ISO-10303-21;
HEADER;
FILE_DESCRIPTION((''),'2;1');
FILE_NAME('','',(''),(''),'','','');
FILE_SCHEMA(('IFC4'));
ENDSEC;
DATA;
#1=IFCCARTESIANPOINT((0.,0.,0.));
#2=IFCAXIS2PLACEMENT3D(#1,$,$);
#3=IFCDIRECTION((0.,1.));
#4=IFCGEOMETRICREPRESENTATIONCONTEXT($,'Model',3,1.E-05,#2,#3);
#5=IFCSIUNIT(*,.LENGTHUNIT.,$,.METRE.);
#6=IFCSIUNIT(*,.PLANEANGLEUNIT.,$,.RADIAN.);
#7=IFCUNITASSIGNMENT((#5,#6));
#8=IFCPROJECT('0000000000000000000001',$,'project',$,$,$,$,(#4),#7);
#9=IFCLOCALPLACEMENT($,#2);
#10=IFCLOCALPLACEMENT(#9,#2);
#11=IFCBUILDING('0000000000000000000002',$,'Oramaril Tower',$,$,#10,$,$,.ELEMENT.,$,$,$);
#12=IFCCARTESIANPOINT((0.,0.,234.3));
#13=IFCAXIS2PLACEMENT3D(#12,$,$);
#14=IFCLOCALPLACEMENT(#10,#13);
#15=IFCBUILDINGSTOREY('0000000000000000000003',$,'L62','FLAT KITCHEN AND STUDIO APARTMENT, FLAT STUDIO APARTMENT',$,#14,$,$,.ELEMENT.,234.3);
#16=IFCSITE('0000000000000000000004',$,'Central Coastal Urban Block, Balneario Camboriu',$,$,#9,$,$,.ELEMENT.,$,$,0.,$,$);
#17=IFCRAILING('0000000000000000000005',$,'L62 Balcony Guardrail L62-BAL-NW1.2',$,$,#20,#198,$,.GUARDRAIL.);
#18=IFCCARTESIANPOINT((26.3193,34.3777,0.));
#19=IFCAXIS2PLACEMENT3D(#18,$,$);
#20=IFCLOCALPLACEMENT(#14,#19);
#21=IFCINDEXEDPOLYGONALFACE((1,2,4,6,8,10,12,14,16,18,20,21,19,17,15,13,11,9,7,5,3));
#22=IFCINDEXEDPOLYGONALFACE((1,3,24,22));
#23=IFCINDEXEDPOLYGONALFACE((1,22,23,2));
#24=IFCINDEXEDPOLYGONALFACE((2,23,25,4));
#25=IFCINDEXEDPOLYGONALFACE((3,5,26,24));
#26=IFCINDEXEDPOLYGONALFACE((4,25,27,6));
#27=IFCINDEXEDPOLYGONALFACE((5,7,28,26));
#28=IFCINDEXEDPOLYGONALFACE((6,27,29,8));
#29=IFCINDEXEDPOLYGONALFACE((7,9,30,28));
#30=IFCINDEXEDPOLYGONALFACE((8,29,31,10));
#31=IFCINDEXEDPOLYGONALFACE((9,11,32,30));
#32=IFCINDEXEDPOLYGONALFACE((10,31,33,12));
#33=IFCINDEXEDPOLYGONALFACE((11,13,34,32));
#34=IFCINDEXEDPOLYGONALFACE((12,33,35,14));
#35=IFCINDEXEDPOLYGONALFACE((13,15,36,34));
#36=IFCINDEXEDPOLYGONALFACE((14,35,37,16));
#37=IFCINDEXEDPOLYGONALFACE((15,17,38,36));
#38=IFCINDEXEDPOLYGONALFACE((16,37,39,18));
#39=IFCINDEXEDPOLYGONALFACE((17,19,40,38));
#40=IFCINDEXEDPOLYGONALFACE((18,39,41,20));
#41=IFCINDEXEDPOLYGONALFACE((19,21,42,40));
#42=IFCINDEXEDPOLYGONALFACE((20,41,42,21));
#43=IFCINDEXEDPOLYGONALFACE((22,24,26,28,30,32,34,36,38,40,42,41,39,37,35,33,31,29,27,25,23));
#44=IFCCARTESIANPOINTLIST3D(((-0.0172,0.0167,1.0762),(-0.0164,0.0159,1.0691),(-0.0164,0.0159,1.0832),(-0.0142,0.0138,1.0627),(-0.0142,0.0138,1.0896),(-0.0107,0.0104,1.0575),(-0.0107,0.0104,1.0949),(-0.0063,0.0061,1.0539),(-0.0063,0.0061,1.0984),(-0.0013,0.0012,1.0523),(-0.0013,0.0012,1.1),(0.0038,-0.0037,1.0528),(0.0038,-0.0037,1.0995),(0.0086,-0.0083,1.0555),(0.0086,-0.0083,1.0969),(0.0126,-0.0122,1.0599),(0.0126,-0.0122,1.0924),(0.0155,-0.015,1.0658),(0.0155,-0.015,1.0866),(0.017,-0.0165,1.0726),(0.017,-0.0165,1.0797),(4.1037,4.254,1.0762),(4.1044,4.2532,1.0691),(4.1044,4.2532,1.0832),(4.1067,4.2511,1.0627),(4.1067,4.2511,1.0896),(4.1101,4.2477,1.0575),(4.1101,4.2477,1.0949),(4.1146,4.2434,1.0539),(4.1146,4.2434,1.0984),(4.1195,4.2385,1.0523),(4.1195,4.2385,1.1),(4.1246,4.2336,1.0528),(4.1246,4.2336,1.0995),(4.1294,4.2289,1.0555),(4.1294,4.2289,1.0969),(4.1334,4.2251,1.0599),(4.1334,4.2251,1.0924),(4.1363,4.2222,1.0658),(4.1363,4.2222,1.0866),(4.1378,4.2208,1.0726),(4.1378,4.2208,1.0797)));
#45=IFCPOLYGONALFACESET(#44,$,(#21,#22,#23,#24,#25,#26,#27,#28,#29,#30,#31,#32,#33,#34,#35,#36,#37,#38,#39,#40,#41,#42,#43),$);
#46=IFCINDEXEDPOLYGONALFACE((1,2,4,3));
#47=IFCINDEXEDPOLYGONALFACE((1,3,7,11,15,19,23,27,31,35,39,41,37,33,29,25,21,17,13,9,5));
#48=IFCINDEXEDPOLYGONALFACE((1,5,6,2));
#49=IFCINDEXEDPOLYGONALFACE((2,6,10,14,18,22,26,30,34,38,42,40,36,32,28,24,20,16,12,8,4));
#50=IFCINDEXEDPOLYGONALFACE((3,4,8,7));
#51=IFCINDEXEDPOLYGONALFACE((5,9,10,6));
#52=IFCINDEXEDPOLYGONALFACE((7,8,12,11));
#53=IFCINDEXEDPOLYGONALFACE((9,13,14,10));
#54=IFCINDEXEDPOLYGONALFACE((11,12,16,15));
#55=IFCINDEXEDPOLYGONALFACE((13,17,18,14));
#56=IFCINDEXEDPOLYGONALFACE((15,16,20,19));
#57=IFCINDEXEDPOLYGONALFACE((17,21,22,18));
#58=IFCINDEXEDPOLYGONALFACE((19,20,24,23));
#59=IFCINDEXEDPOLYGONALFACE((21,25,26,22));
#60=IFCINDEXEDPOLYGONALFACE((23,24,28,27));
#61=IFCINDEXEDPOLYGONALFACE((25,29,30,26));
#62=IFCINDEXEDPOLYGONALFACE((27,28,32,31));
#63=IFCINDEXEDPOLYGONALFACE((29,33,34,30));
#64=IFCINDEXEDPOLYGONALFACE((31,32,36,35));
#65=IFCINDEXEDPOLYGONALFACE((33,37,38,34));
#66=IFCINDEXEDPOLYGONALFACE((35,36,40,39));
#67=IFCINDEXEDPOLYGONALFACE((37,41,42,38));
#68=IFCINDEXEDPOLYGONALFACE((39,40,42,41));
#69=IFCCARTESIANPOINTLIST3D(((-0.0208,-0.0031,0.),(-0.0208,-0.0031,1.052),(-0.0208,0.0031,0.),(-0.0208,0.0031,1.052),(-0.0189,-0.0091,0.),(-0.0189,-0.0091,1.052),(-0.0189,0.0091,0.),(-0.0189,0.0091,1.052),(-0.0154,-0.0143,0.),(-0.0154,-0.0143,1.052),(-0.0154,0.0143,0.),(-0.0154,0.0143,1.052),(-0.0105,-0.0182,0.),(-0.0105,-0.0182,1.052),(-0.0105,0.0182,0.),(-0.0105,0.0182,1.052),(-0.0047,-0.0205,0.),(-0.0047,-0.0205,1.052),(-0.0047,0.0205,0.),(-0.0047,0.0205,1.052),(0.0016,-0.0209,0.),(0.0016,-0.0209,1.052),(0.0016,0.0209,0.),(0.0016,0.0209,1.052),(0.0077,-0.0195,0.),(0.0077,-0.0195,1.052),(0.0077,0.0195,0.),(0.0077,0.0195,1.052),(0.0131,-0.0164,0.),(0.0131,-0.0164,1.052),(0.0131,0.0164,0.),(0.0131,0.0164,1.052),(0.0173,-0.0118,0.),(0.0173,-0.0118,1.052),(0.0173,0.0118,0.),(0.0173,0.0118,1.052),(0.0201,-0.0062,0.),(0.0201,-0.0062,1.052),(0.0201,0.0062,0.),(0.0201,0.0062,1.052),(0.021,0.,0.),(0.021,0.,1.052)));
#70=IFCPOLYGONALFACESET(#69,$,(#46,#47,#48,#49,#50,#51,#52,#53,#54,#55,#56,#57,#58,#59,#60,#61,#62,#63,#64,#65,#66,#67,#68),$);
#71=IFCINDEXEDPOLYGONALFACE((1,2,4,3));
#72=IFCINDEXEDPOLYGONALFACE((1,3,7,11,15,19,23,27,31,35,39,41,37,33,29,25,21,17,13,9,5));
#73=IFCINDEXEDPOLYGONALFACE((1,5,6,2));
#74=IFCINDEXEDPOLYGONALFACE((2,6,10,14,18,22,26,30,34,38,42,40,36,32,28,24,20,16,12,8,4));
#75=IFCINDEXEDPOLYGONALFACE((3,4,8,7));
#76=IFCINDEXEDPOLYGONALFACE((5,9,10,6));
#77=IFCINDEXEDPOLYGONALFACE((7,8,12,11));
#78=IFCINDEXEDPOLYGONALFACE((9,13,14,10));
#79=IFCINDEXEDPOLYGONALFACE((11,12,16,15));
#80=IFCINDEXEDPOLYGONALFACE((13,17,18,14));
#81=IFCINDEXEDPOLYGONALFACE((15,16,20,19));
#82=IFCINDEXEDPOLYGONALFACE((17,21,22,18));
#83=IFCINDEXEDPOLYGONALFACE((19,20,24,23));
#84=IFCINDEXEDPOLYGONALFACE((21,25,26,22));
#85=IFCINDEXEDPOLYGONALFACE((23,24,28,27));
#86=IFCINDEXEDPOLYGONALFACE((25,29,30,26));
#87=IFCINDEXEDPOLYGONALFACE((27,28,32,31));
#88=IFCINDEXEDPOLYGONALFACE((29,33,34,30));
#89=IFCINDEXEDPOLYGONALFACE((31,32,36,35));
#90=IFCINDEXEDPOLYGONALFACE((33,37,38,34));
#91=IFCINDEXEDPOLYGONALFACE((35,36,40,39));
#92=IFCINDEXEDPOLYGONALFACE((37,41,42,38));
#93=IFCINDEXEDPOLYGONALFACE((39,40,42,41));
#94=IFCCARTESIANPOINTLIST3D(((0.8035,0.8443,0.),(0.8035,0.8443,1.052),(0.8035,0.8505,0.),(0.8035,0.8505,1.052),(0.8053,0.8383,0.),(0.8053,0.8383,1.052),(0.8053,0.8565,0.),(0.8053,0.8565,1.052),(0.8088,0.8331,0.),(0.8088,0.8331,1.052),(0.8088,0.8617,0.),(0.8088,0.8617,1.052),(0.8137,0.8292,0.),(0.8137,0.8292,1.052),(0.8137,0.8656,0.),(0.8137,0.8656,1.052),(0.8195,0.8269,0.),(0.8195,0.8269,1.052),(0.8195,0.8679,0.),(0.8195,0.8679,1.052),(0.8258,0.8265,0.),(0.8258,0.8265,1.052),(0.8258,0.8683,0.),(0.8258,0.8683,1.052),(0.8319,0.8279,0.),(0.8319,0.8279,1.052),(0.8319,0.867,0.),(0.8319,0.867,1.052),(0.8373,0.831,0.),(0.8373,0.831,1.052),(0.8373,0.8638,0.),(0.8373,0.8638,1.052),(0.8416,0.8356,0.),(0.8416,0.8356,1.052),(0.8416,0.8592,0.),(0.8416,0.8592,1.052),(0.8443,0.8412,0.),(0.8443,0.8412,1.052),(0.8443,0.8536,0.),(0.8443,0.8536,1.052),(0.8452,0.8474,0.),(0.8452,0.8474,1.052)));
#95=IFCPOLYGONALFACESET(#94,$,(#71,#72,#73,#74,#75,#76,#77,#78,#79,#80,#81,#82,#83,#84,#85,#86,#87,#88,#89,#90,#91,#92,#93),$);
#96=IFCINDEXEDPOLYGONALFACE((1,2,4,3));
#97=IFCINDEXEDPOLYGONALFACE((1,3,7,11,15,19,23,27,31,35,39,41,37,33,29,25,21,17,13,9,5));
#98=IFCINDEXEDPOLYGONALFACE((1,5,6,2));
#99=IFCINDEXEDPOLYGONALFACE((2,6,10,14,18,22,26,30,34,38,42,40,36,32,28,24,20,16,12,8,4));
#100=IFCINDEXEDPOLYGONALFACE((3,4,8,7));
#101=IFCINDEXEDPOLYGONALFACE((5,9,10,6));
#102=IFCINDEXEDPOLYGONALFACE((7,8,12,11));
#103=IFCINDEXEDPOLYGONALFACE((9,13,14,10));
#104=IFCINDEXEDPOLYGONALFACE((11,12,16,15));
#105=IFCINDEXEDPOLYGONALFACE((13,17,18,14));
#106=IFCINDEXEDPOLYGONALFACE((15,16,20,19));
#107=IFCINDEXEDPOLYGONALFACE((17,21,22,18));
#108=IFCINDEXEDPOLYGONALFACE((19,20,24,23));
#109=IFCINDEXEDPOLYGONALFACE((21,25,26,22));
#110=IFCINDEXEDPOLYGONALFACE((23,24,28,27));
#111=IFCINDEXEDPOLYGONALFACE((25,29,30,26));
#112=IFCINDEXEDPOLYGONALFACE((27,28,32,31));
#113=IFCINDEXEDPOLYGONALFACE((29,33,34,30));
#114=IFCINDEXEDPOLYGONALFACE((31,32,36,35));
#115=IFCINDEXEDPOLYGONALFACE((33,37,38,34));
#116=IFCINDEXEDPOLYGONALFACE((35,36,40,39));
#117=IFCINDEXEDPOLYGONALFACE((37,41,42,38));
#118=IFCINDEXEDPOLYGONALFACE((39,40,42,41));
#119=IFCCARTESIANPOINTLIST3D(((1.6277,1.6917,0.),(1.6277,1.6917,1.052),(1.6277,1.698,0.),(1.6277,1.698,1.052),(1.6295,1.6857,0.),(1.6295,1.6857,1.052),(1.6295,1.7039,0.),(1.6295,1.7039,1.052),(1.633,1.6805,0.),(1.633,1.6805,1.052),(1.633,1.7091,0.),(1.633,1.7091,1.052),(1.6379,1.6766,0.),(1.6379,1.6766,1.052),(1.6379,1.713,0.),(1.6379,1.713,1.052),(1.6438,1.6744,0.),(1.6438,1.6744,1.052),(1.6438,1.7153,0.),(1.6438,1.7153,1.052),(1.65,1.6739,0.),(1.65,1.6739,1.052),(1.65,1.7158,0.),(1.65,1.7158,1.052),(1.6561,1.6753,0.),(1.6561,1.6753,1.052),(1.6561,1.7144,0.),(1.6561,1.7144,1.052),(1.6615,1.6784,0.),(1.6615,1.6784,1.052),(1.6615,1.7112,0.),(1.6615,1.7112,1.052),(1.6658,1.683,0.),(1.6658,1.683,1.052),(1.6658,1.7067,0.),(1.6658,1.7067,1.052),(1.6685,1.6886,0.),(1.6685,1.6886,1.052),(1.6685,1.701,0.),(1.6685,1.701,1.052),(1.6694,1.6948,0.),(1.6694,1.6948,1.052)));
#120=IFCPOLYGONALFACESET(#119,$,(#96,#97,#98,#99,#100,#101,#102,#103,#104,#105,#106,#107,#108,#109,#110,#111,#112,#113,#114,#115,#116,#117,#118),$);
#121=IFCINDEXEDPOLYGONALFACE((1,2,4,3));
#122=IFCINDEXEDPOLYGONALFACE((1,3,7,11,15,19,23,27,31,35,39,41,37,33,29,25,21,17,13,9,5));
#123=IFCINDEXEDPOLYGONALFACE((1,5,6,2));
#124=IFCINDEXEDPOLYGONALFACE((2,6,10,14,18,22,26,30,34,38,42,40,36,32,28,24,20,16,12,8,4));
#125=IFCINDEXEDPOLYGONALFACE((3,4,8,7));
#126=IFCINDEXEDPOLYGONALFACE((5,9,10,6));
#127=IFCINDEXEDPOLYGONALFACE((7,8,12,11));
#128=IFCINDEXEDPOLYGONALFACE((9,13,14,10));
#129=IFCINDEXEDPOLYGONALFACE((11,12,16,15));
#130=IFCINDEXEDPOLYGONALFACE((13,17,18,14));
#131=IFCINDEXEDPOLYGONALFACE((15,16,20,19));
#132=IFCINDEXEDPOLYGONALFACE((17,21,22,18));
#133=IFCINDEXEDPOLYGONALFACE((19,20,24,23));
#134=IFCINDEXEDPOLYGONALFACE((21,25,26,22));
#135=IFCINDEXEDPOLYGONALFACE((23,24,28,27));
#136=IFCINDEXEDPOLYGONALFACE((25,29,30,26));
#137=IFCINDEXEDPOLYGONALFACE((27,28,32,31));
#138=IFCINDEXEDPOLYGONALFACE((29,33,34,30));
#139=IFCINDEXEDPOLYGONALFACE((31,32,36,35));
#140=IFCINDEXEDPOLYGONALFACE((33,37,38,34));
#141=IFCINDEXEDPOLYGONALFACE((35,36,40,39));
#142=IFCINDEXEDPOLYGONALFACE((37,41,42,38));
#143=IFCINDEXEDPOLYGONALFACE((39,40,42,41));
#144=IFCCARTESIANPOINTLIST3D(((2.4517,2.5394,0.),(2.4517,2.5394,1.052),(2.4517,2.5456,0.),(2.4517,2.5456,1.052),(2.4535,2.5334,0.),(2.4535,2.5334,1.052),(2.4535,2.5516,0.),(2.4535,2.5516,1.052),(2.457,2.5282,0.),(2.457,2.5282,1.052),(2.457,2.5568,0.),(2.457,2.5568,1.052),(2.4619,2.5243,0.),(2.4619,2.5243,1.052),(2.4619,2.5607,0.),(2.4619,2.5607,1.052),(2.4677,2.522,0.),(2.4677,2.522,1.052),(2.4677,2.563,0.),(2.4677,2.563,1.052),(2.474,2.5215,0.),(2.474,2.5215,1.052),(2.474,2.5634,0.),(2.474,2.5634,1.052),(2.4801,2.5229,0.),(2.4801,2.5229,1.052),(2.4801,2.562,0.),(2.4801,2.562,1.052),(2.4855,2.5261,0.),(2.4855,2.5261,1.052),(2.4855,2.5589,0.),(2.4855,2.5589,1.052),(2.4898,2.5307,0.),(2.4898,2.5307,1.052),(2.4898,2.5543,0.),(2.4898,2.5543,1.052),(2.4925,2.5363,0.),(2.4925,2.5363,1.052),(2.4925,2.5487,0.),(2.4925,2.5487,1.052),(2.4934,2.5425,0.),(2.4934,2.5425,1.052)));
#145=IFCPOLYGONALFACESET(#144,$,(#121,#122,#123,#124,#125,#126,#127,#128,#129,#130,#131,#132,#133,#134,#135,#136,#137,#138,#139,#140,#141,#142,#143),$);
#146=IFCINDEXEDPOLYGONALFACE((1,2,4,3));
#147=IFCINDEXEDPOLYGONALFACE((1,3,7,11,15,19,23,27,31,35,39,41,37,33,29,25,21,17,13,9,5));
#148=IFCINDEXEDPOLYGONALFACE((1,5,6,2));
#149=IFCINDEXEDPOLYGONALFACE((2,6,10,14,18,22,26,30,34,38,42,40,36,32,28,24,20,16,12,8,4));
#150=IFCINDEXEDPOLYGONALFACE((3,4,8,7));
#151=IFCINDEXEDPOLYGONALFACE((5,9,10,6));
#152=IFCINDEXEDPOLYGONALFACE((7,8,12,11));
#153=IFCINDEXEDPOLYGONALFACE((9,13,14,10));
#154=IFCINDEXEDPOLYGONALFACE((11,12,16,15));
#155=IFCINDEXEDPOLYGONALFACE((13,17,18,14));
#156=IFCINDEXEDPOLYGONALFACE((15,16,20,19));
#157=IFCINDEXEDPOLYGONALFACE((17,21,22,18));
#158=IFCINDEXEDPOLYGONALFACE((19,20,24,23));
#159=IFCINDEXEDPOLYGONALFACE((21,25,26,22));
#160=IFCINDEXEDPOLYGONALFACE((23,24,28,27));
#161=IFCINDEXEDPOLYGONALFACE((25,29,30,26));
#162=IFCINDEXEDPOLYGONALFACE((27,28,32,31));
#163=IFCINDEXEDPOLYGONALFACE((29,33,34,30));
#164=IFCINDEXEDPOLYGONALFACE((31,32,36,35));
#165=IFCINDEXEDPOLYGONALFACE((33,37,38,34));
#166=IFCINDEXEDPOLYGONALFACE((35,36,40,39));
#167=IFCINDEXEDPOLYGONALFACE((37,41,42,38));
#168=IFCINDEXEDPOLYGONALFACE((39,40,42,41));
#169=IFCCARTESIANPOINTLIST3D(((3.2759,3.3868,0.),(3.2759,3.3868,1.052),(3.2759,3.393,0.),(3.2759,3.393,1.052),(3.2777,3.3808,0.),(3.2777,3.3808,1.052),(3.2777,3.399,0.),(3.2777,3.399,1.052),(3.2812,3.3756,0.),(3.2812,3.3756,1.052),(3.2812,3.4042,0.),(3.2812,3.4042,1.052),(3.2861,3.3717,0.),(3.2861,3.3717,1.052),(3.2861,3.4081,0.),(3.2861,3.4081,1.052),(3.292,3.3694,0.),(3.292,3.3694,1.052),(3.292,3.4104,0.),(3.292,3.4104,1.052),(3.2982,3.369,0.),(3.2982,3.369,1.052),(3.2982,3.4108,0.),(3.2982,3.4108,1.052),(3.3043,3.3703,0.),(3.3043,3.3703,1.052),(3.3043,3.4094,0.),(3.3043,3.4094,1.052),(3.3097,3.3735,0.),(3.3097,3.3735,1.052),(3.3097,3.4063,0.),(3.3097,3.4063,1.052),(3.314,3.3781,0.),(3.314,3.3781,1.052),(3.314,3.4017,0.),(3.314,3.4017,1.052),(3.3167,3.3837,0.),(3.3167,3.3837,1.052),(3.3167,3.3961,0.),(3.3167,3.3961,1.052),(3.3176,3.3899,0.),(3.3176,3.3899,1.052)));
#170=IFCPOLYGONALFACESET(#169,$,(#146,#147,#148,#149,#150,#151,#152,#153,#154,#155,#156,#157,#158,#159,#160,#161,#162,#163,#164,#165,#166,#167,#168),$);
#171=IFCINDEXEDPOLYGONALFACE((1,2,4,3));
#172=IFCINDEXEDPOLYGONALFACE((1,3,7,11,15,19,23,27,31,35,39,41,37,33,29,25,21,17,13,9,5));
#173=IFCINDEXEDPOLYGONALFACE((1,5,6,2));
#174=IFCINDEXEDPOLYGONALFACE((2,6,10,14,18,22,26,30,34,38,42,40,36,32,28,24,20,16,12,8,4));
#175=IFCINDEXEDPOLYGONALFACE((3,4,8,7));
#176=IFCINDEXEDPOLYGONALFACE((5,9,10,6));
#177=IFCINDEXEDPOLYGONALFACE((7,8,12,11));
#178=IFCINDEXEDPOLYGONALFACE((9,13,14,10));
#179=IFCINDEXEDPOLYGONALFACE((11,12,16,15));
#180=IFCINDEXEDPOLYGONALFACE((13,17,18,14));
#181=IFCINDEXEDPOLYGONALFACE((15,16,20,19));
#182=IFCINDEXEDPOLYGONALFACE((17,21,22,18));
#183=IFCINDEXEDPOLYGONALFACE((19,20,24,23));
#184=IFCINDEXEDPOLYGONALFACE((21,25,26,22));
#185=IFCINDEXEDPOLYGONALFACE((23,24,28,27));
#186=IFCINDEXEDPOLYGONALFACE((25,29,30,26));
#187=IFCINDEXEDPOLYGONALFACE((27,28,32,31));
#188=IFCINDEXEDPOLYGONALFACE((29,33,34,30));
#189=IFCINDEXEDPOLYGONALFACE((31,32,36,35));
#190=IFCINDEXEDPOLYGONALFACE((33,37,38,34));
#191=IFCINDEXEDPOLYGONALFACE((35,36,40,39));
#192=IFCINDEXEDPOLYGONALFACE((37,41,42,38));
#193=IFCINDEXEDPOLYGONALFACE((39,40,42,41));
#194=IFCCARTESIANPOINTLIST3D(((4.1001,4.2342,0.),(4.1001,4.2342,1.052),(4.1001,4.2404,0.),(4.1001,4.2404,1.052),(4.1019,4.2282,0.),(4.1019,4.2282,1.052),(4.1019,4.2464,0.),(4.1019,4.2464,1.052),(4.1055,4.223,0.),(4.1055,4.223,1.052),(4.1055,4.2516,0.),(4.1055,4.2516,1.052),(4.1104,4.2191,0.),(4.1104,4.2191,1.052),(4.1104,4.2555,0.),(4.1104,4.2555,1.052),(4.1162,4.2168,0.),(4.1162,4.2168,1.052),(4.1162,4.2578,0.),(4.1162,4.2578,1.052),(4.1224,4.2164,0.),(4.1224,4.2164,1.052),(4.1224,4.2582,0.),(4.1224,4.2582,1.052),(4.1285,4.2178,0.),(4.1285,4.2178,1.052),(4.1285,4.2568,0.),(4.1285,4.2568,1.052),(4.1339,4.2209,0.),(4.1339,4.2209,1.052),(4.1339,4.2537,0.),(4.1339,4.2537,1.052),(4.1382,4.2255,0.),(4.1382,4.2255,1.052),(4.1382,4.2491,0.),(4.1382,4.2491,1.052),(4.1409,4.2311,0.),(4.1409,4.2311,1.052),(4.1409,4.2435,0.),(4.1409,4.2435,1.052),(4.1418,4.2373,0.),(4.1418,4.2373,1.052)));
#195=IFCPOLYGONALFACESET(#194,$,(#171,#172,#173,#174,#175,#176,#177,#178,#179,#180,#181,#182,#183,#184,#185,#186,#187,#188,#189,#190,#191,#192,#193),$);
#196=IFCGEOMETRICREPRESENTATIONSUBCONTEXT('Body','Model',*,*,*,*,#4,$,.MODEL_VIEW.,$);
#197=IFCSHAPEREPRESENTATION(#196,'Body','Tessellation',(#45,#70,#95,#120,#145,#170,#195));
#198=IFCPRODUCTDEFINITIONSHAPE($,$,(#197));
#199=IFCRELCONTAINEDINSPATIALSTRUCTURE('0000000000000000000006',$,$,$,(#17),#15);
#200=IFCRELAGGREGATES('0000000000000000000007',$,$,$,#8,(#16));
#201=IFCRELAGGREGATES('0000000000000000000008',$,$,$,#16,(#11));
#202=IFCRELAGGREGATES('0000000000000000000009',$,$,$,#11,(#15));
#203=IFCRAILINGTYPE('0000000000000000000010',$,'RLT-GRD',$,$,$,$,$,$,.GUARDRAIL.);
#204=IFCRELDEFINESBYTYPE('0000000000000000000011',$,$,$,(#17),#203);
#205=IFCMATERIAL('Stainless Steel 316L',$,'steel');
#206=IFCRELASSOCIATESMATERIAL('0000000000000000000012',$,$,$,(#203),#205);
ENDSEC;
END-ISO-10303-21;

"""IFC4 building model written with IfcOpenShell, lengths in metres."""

from ifc_helpers import new_model, si_unit, direction, frame, origin, origin_2d, place, context, subcontext, project, spatial, circle, extrude, material, type_object, element, save


model = new_model("IFC4")

# Units and contexts
model_context = context("Model", 3, precision=1e-05, world=origin(), true_north=direction((0.0, 1.0)))
body_context = subcontext(model_context, "Body", "Model", "MODEL_VIEW")
ifc_project = project(units=[si_unit("LENGTHUNIT", "METRE"), si_unit("PLANEANGLEUNIT", "RADIAN")], contexts=[model_context])

# Site, building, storey
site_placement = place(None, origin())
site = spatial("IfcSite", under=ifc_project, at=site_placement, Name="Central Coastal Urban Block, Balneario Camboriu", CompositionType="ELEMENT", RefElevation=0.0)
building_placement = place(site_placement, origin())
building = spatial("IfcBuilding", under=site, at=building_placement, Name="Oramaril Tower", CompositionType="ELEMENT")
storey_placement = place(building_placement, frame((0.0, 0.0, 234.3)))
storey = spatial("IfcBuildingStorey", under=building, at=storey_placement, Name="L62", Description="FLAT KITCHEN AND STUDIO APARTMENT, FLAT STUDIO APARTMENT", CompositionType="ELEMENT", Elevation=234.3)

# Railing
ifc_material_1 = material(Name="Stainless Steel 316L", Category="steel")
railing_type = type_object("IfcRailingType", Name="RLT-GRD", PredefinedType="GUARDRAIL", material=ifc_material_1)
railing_1_placement = place(storey_placement, frame((26.3193, 34.3777, 0.0)))
element("IfcRailing", 1, at=railing_1_placement, inside=storey, type_object=railing_type, Name="L62 Balcony Guardrail L62-BAL-NW1.2", PredefinedType="GUARDRAIL", context=body_context, shape_type="SweptSolid", body=[
    extrude(circle(Radius=0.0239, at=origin_2d()), frame((0.0, 0.0, 1.0762), z_axis=(0.697187, 0.716889, 0.0), x_axis=(-0.716889, 0.697187, 0.0)), (0.0, 0.0, 1.0), 5.9106),
    extrude(circle(Radius=0.021, at=origin_2d()), origin(), (0.0, 0.0, 1.0), 1.052),
    extrude(circle(Radius=0.021, at=origin_2d()), frame((0.8242, 0.8474, 0.0)), (0.0, 0.0, 1.0), 1.052),
    extrude(circle(Radius=0.021, at=origin_2d()), frame((1.6484, 1.6948, 0.0)), (0.0, 0.0, 1.0), 1.052),
    extrude(circle(Radius=0.021, at=origin_2d()), frame((2.4724, 2.5425, 0.0)), (0.0, 0.0, 1.0), 1.052),
    extrude(circle(Radius=0.021, at=origin_2d()), frame((3.2966, 3.3899, 0.0)), (0.0, 0.0, 1.0), 1.052),
    extrude(circle(Radius=0.021, at=origin_2d()), frame((4.1208, 4.2373, 0.0)), (0.0, 0.0, 1.0), 1.052),
])

save(model, "model.ifc")
